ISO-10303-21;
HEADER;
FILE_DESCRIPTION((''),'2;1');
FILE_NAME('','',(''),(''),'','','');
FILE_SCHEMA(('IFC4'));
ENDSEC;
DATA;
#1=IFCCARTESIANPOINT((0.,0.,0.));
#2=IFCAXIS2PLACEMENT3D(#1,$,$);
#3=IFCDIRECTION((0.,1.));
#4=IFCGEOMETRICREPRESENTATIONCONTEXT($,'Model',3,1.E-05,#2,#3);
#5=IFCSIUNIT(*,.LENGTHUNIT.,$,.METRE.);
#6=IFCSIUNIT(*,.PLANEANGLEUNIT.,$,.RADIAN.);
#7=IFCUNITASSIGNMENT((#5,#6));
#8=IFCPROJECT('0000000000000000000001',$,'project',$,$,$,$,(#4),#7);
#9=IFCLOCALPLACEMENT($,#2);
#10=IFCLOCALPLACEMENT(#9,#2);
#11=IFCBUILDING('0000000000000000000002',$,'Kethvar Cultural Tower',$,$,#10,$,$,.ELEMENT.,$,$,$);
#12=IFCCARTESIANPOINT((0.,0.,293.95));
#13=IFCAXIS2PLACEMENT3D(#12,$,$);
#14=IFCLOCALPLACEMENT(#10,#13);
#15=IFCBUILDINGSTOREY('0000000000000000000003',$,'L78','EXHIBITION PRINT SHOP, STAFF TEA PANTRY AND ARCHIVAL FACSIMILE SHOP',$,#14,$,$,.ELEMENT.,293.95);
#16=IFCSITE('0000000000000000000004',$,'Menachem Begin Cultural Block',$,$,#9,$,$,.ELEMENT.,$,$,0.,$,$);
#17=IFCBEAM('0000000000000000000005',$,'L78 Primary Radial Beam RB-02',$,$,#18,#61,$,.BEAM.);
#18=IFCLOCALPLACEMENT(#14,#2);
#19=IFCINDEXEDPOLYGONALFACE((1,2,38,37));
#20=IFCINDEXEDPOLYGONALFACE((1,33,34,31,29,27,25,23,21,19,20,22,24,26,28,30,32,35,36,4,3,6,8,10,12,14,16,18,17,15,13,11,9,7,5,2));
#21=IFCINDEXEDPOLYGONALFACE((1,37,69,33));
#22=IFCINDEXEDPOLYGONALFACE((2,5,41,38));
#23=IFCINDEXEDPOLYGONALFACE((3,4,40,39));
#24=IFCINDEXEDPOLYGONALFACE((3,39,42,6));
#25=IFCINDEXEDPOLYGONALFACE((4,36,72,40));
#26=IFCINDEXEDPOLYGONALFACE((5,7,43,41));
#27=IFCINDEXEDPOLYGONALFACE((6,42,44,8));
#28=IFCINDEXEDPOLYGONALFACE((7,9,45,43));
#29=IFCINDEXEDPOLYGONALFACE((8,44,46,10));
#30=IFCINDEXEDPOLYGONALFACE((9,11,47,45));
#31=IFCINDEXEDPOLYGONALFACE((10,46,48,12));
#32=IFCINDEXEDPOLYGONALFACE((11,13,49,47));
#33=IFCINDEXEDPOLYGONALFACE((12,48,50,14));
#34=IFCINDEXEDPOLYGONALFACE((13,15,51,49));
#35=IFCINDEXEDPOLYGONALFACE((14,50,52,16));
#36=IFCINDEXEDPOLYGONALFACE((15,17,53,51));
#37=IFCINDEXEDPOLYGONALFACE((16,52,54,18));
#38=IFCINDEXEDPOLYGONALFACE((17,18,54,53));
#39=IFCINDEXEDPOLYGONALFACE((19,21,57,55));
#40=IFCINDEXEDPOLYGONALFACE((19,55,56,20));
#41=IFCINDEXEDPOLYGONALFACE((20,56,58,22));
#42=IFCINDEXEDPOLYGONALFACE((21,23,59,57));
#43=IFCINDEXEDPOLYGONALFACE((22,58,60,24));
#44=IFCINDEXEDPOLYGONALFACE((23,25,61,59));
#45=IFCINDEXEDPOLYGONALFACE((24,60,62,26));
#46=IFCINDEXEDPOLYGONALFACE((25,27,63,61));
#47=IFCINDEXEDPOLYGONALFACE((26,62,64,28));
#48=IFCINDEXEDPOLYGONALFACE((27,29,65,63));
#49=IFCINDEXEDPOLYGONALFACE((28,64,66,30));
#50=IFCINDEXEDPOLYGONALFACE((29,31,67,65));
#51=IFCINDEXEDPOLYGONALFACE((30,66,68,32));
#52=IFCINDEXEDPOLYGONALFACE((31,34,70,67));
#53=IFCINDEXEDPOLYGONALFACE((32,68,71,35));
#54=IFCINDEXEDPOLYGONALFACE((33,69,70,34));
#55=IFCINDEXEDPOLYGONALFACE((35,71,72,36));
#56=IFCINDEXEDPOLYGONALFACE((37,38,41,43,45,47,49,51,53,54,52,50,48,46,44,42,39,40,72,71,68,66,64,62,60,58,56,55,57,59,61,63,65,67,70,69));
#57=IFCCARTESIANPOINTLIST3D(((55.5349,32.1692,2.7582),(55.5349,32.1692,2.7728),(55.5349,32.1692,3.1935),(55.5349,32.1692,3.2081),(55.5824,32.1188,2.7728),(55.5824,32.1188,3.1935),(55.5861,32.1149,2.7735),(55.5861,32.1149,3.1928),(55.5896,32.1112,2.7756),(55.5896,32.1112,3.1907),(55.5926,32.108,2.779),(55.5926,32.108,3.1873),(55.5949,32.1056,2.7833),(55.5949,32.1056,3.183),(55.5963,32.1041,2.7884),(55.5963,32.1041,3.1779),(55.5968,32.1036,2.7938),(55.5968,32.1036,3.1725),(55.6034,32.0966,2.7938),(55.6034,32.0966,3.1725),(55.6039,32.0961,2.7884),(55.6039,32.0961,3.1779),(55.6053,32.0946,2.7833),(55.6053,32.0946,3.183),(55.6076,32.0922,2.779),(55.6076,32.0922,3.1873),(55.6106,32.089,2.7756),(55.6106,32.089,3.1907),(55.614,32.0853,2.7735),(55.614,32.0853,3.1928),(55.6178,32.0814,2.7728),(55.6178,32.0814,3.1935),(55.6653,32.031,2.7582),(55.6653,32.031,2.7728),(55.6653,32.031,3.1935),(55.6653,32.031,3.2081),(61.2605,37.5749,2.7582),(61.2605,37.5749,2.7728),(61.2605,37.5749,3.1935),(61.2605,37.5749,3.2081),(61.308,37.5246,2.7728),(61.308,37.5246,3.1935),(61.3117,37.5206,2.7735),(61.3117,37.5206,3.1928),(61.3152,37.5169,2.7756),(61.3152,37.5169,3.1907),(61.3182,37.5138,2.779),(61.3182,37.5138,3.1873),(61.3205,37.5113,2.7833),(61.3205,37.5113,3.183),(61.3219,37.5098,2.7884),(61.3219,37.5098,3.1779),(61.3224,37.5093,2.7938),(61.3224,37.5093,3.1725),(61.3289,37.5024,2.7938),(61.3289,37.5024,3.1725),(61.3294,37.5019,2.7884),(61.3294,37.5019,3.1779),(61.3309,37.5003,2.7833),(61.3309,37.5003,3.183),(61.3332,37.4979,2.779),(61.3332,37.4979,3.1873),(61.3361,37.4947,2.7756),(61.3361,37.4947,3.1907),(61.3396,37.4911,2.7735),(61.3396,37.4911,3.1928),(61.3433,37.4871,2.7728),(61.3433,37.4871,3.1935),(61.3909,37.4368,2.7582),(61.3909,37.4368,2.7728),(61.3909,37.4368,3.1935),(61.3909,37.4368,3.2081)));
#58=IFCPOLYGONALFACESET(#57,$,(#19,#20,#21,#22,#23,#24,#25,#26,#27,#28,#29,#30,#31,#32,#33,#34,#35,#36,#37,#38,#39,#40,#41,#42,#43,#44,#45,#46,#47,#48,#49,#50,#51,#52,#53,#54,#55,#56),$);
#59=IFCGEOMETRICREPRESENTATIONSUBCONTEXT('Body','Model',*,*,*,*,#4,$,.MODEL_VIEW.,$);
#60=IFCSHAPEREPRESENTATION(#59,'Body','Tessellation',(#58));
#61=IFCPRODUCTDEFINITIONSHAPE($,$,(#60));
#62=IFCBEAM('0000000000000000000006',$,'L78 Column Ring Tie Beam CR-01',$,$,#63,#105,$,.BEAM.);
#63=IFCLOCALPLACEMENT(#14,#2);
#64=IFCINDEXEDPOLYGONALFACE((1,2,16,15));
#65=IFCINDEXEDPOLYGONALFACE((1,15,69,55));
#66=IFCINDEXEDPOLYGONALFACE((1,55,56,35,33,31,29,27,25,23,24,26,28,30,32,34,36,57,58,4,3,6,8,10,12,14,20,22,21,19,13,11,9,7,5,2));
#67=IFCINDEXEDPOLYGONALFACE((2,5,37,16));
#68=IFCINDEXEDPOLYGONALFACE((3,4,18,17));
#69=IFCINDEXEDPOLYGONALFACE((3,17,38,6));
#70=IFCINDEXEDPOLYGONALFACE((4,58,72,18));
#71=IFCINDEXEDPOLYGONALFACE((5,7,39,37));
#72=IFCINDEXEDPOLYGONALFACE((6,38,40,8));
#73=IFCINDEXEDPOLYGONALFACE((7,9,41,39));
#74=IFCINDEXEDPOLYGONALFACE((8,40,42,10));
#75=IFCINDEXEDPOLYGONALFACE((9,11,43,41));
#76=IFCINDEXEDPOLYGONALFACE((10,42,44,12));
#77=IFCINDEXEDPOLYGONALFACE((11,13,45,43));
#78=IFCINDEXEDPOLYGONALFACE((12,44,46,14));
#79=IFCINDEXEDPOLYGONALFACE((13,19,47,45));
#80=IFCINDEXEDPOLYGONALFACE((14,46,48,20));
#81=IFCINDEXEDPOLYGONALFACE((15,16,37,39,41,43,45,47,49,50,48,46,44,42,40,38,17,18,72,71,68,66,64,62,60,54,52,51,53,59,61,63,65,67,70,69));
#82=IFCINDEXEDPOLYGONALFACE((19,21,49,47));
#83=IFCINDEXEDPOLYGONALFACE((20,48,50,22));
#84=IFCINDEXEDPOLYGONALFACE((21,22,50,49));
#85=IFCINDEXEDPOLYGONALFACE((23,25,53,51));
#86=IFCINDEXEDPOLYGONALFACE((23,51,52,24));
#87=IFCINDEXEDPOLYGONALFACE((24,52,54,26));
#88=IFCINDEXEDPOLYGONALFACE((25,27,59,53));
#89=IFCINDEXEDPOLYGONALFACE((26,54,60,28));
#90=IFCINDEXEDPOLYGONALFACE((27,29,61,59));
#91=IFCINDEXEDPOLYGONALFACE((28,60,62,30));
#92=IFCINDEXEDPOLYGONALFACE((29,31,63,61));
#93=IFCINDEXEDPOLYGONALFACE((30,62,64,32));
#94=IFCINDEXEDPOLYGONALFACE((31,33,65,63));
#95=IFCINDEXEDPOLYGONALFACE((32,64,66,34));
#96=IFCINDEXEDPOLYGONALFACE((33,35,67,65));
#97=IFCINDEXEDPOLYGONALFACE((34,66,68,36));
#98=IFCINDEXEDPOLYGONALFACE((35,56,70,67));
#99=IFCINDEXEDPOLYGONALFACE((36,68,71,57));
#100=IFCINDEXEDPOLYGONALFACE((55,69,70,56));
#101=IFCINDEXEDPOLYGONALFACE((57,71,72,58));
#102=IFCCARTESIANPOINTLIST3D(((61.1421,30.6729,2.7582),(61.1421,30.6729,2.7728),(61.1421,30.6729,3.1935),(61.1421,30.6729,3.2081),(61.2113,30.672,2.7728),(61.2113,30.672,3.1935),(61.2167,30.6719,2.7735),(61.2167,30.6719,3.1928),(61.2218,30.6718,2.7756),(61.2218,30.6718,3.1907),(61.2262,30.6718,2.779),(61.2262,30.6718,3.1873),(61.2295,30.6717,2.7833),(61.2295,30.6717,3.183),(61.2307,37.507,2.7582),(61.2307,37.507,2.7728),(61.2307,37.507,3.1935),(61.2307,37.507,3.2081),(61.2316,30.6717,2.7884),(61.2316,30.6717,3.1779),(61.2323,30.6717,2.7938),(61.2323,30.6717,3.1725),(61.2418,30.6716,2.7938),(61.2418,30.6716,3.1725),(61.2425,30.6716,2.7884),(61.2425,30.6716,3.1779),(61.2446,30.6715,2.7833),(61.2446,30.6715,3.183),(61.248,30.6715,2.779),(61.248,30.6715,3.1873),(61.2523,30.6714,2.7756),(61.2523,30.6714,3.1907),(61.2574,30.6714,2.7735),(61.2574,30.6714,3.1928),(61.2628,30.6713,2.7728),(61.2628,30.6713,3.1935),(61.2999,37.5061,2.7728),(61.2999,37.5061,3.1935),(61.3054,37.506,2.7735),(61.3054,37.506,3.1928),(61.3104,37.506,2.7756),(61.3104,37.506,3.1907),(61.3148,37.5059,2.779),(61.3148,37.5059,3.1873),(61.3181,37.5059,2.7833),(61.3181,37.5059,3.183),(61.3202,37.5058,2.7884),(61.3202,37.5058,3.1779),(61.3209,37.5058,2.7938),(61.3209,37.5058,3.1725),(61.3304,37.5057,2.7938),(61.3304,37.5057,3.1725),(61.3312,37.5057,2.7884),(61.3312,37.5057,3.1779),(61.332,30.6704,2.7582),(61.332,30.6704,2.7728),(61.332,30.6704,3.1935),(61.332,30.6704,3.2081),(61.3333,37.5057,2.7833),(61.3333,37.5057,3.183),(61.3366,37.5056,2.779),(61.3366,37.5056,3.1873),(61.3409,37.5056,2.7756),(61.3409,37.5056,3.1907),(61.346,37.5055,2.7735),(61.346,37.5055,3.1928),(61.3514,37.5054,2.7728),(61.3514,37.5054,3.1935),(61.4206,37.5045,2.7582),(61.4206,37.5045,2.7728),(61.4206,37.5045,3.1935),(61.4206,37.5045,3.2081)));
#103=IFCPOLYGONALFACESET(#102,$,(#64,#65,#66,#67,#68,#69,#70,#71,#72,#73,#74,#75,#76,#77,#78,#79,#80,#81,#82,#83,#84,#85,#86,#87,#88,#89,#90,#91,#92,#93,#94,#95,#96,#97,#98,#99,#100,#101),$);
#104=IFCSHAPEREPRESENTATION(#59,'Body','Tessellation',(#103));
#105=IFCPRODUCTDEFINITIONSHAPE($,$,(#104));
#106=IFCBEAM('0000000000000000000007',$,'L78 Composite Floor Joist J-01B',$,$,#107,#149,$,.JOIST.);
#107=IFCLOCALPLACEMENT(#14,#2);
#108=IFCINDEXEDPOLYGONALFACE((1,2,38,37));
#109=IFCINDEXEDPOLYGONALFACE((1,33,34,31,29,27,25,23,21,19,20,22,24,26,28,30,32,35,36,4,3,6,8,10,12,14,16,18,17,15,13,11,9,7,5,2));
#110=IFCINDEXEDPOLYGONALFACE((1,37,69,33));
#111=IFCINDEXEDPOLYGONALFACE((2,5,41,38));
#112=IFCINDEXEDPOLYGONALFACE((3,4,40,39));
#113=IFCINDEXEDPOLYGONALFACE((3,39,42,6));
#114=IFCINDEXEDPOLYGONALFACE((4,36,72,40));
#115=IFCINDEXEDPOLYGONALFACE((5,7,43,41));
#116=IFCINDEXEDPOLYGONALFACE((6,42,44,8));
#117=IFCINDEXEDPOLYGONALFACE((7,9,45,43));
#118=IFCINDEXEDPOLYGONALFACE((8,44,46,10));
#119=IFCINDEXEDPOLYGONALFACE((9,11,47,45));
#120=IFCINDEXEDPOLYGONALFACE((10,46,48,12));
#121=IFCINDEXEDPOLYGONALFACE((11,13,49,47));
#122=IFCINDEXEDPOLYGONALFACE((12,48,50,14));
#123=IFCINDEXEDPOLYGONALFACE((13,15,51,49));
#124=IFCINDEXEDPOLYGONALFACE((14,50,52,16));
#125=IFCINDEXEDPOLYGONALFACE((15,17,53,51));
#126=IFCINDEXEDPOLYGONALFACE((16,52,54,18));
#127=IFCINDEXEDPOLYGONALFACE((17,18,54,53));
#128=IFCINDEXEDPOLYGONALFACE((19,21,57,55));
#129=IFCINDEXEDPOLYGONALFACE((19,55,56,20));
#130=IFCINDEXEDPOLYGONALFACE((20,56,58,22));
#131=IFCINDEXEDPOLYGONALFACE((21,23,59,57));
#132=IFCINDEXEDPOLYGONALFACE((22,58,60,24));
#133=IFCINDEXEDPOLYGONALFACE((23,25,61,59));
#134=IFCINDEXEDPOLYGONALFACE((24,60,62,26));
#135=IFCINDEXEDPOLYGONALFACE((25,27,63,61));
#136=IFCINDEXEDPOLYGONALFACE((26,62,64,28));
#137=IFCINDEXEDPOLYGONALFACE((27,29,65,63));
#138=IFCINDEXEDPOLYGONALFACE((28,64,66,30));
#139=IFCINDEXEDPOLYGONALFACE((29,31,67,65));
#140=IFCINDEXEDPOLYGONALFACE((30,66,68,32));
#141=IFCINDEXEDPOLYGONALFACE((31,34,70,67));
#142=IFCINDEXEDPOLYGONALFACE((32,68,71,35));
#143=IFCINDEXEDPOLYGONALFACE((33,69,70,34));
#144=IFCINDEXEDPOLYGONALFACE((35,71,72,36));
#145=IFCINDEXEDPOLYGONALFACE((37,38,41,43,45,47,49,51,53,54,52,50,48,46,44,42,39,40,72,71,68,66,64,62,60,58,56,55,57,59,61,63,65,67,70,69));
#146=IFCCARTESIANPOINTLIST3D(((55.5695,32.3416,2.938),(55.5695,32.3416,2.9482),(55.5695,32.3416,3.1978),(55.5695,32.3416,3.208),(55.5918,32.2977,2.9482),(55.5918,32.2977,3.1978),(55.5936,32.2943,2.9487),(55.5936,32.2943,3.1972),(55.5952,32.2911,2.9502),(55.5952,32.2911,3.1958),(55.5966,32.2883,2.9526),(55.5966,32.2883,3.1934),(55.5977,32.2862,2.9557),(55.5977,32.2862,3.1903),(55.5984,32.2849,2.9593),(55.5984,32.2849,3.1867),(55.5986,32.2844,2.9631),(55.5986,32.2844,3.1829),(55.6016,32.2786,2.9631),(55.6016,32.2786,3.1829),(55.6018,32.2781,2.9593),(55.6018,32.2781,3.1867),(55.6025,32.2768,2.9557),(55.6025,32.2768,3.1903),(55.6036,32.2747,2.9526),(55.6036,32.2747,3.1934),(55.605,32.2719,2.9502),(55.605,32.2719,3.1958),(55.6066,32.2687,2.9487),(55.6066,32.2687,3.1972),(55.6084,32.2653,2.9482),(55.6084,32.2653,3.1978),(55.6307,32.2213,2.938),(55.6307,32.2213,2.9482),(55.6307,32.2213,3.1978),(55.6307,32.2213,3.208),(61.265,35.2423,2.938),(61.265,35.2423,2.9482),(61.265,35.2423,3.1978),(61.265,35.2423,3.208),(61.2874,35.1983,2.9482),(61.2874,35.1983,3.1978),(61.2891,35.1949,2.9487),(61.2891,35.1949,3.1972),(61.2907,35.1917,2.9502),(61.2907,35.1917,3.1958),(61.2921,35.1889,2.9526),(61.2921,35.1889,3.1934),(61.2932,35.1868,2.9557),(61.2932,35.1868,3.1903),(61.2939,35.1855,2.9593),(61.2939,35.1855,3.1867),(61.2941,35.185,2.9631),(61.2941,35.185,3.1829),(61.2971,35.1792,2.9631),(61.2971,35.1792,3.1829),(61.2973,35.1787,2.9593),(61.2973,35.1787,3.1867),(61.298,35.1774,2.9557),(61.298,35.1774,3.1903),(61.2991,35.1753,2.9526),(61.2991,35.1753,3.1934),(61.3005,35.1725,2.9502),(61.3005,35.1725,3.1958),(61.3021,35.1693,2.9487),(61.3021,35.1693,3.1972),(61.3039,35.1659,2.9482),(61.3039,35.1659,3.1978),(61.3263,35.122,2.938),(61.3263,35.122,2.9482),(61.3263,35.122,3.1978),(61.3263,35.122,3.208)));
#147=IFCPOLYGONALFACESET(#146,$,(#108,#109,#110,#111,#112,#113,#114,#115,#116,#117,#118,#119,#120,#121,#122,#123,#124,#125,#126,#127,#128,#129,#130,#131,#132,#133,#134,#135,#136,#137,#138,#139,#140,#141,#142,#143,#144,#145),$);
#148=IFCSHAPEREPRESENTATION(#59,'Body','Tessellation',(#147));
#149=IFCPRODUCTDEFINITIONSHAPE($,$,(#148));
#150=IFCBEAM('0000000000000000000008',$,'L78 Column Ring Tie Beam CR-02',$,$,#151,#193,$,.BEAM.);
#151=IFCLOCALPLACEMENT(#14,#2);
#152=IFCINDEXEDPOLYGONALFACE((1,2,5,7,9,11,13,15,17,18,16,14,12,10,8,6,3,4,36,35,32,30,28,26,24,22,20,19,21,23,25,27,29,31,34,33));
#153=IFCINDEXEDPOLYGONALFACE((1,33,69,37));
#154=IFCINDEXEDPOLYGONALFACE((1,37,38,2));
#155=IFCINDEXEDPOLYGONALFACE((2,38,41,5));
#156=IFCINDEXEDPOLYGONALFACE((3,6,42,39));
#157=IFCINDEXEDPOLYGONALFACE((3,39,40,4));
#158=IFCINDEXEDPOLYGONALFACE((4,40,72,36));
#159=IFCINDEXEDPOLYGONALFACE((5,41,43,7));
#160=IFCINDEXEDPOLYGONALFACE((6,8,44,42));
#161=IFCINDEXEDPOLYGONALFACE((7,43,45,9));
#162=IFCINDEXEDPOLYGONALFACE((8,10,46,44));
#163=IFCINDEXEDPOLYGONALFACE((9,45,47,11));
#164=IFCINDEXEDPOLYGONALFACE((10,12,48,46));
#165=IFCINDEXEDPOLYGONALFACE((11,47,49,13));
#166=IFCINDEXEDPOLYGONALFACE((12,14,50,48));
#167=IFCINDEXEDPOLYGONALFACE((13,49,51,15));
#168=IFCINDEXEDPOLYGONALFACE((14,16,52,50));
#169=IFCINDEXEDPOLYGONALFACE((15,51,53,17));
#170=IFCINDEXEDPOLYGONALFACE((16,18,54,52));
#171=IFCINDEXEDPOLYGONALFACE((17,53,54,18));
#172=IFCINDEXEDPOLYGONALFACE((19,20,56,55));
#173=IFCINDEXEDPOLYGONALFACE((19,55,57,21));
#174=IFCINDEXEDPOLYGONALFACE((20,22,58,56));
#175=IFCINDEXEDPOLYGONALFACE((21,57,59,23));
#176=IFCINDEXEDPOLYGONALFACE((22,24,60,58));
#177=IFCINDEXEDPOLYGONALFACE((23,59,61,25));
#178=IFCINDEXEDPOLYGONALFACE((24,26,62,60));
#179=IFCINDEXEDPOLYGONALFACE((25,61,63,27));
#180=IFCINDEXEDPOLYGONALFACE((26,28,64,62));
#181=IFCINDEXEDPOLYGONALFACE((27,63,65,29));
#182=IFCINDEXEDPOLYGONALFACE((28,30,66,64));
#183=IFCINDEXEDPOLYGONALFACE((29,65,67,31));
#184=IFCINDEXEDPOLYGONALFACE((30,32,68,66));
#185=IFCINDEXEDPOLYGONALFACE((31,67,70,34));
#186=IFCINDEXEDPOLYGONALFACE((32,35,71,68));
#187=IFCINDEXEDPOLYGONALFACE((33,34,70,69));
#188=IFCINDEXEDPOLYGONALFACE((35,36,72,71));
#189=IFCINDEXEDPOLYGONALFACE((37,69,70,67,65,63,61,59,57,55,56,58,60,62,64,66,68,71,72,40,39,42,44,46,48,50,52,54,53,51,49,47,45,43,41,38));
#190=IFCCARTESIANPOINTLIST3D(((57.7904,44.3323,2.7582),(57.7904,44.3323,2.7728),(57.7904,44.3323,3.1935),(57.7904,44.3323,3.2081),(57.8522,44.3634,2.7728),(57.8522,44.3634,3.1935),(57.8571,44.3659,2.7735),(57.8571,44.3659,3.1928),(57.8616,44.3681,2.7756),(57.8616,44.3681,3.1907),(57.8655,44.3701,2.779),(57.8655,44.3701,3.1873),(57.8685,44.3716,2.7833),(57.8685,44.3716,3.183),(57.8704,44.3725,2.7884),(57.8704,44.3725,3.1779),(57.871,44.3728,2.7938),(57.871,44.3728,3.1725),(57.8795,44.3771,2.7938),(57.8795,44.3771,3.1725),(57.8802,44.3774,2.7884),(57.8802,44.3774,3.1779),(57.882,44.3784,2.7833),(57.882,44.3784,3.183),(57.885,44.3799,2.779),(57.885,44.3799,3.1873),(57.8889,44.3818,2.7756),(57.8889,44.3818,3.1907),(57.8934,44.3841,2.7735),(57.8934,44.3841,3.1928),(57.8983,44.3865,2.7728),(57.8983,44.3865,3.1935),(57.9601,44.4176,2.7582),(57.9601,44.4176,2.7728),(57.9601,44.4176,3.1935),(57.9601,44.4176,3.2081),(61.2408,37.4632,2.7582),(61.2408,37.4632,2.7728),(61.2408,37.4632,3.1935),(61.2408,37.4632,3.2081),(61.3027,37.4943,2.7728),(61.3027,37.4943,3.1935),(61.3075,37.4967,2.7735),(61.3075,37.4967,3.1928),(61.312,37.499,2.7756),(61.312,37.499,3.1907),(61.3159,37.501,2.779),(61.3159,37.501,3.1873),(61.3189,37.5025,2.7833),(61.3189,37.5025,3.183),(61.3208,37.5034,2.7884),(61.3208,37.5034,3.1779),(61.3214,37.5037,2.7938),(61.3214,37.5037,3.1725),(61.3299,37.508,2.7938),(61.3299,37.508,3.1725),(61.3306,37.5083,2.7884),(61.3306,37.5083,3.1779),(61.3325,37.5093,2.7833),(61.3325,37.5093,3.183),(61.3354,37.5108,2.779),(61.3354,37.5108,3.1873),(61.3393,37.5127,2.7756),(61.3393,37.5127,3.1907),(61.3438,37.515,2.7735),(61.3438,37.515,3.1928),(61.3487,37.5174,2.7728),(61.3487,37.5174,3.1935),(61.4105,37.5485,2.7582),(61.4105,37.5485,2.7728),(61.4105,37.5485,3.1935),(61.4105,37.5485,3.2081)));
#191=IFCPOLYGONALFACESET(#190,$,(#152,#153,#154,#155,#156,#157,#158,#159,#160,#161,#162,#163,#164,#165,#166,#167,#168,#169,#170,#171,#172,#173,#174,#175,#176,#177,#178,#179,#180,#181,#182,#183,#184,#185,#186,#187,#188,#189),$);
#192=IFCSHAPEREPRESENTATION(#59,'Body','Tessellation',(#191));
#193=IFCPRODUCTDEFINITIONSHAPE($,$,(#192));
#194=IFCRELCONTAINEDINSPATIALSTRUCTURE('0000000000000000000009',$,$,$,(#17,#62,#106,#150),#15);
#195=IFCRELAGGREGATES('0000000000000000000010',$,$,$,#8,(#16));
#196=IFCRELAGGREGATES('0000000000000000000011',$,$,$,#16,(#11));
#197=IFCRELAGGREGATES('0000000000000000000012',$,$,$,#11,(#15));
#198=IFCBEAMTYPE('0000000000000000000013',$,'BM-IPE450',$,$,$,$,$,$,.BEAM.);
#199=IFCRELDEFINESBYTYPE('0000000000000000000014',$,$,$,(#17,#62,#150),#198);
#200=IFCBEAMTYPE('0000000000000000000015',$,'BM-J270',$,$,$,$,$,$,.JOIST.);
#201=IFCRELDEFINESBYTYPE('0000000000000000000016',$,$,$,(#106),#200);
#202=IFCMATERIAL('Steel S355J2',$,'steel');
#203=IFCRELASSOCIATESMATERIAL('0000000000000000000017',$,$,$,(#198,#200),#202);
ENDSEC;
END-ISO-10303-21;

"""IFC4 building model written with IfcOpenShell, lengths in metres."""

from ifc_helpers import new_model, si_unit, direction, frame, origin, origin_2d, place, context, subcontext, project, spatial, i_section, extrude, source, transform, mapped, material, material_profile, profile_set, type_object, element, save


model = new_model("IFC4")

# Units and contexts
model_context = context("Model", 3, precision=1e-05, world=origin(), true_north=direction((0.0, 1.0)))
body_context = subcontext(model_context, "Body", "Model", "MODEL_VIEW")
ifc_project = project(units=[si_unit("LENGTHUNIT", "METRE"), si_unit("PLANEANGLEUNIT", "RADIAN")], contexts=[model_context])

# Site, building, storey
site_placement = place(None, origin())
site = spatial("IfcSite", under=ifc_project, at=site_placement, Name="Menachem Begin Cultural Block", CompositionType="ELEMENT", RefElevation=0.0)
building_placement = place(site_placement, origin())
building = spatial("IfcBuilding", under=site, at=building_placement, Name="Kethvar Cultural Tower", CompositionType="ELEMENT")
storey_placement = place(building_placement, frame((0.0, 0.0, 293.95)))
storey = spatial("IfcBuildingStorey", under=building, at=storey_placement, Name="L78", Description="EXHIBITION PRINT SHOP, STAFF TEA PANTRY AND ARCHIVAL FACSIMILE SHOP", CompositionType="ELEMENT", Elevation=293.95)

# Shared definitions
ifc_material_1 = material(Name="Steel S355J2", Category="steel")

# Beams
ifc_material_profile_1 = material_profile(ifc_material_1, i_section(OverallWidth=0.1899, OverallDepth=0.45, WebThickness=0.0095, FlangeThickness=0.0146, FilletRadius=0.021, at=origin_2d()), Name="Steel S355J2 — IPE450")
ifc_profile_set_1 = profile_set([ifc_material_profile_1], Name="Steel S355J2 — IPE450")
beam_type_1 = type_object("IfcBeamType", Name="BM-IPE450", PredefinedType="BEAM", material=ifc_profile_set_1)
shared_shape_1 = source(origin(), body_context, "Body", "SweptSolid", [
    extrude(i_section(OverallWidth=0.1899, OverallDepth=0.45, WebThickness=0.0095, FlangeThickness=0.0146, FilletRadius=0.021, at=origin_2d()), origin(), (0.0, 0.0, 1.0), 7.8743),
])
beam_1_placement = place(storey_placement, frame((55.6001, 32.1001, 2.9832), z_axis=(0.727123, 0.686507, 0.0), x_axis=(-0.686507, 0.727123, 0.0)))
element("IfcBeam", 1, at=beam_1_placement, inside=storey, type_object=beam_type_1, Name="L78 Primary Radial Beam RB-02", PredefinedType="BEAM", context=body_context, shape_type="MappedRepresentation", body=[
    mapped(shared_shape_1, transform((0.0, 0.0, 0.0), scale=1.0)),
])
shared_shape_2 = source(origin(), body_context, "Body", "SweptSolid", [
    extrude(i_section(OverallWidth=0.1899, OverallDepth=0.45, WebThickness=0.0095, FlangeThickness=0.0146, FilletRadius=0.021, at=origin_2d()), origin(), (0.0, 0.0, 1.0), 6.8347),
])
beam_2_placement = place(storey_placement, frame((61.2371, 30.6716, 2.9832), z_axis=(0.012966, 0.999916, 0.0), x_axis=(-0.999916, 0.012966, 0.0)))
element("IfcBeam", 2, at=beam_2_placement, inside=storey, type_object=beam_type_1, Name="L78 Column Ring Tie Beam CR-01", PredefinedType="BEAM", context=body_context, shape_type="MappedRepresentation", body=[
    mapped(shared_shape_2, transform((0.0, 0.0, 0.0), scale=1.0)),
])
ifc_material_profile_2 = material_profile(ifc_material_1, i_section(OverallWidth=0.135, OverallDepth=0.27, WebThickness=0.0066, FlangeThickness=0.0103, FilletRadius=0.0149, at=origin_2d()), Name="Steel S355J2 — IPE270")
ifc_profile_set_2 = profile_set([ifc_material_profile_2], Name="Steel S355J2 — IPE270")
beam_type_2 = type_object("IfcBeamType", Name="BM-J270", PredefinedType="JOIST", material=ifc_profile_set_2)
shared_shape_3 = source(origin(), body_context, "Body", "SweptSolid", [
    extrude(i_section(OverallWidth=0.135, OverallDepth=0.27, WebThickness=0.0066, FlangeThickness=0.0103, FilletRadius=0.0149, at=origin_2d()), origin(), (0.0, 0.0, 1.0), 6.3916),
])
beam_3_placement = place(storey_placement, frame((55.6001, 32.2815, 3.073), z_axis=(0.891095, 0.453817, 0.0), x_axis=(-0.453817, 0.891095, 0.0)))
element("IfcBeam", 3, at=beam_3_placement, inside=storey, type_object=beam_type_2, Name="L78 Composite Floor Joist J-01B", PredefinedType="JOIST", context=body_context, shape_type="MappedRepresentation", body=[
    mapped(shared_shape_3, transform((0.0, 0.0, 0.0), scale=1.0)),
])
shared_shape_4 = source(origin(), body_context, "Body", "SweptSolid", [
    extrude(i_section(OverallWidth=0.1899, OverallDepth=0.45, WebThickness=0.0095, FlangeThickness=0.0146, FilletRadius=0.021, at=origin_2d()), origin(), (0.0, 0.0, 1.0), 7.687),
])
beam_4_placement = place(storey_placement, frame((61.3257, 37.5059, 2.9832), z_axis=(-0.448864, 0.8936, 0.0), x_axis=(-0.8936, -0.448864, 0.0)))
element("IfcBeam", 4, at=beam_4_placement, inside=storey, type_object=beam_type_1, Name="L78 Column Ring Tie Beam CR-02", PredefinedType="BEAM", context=body_context, shape_type="MappedRepresentation", body=[
    mapped(shared_shape_4, transform((0.0, 0.0, 0.0), scale=1.0)),
])

save(model, "model.ifc")
